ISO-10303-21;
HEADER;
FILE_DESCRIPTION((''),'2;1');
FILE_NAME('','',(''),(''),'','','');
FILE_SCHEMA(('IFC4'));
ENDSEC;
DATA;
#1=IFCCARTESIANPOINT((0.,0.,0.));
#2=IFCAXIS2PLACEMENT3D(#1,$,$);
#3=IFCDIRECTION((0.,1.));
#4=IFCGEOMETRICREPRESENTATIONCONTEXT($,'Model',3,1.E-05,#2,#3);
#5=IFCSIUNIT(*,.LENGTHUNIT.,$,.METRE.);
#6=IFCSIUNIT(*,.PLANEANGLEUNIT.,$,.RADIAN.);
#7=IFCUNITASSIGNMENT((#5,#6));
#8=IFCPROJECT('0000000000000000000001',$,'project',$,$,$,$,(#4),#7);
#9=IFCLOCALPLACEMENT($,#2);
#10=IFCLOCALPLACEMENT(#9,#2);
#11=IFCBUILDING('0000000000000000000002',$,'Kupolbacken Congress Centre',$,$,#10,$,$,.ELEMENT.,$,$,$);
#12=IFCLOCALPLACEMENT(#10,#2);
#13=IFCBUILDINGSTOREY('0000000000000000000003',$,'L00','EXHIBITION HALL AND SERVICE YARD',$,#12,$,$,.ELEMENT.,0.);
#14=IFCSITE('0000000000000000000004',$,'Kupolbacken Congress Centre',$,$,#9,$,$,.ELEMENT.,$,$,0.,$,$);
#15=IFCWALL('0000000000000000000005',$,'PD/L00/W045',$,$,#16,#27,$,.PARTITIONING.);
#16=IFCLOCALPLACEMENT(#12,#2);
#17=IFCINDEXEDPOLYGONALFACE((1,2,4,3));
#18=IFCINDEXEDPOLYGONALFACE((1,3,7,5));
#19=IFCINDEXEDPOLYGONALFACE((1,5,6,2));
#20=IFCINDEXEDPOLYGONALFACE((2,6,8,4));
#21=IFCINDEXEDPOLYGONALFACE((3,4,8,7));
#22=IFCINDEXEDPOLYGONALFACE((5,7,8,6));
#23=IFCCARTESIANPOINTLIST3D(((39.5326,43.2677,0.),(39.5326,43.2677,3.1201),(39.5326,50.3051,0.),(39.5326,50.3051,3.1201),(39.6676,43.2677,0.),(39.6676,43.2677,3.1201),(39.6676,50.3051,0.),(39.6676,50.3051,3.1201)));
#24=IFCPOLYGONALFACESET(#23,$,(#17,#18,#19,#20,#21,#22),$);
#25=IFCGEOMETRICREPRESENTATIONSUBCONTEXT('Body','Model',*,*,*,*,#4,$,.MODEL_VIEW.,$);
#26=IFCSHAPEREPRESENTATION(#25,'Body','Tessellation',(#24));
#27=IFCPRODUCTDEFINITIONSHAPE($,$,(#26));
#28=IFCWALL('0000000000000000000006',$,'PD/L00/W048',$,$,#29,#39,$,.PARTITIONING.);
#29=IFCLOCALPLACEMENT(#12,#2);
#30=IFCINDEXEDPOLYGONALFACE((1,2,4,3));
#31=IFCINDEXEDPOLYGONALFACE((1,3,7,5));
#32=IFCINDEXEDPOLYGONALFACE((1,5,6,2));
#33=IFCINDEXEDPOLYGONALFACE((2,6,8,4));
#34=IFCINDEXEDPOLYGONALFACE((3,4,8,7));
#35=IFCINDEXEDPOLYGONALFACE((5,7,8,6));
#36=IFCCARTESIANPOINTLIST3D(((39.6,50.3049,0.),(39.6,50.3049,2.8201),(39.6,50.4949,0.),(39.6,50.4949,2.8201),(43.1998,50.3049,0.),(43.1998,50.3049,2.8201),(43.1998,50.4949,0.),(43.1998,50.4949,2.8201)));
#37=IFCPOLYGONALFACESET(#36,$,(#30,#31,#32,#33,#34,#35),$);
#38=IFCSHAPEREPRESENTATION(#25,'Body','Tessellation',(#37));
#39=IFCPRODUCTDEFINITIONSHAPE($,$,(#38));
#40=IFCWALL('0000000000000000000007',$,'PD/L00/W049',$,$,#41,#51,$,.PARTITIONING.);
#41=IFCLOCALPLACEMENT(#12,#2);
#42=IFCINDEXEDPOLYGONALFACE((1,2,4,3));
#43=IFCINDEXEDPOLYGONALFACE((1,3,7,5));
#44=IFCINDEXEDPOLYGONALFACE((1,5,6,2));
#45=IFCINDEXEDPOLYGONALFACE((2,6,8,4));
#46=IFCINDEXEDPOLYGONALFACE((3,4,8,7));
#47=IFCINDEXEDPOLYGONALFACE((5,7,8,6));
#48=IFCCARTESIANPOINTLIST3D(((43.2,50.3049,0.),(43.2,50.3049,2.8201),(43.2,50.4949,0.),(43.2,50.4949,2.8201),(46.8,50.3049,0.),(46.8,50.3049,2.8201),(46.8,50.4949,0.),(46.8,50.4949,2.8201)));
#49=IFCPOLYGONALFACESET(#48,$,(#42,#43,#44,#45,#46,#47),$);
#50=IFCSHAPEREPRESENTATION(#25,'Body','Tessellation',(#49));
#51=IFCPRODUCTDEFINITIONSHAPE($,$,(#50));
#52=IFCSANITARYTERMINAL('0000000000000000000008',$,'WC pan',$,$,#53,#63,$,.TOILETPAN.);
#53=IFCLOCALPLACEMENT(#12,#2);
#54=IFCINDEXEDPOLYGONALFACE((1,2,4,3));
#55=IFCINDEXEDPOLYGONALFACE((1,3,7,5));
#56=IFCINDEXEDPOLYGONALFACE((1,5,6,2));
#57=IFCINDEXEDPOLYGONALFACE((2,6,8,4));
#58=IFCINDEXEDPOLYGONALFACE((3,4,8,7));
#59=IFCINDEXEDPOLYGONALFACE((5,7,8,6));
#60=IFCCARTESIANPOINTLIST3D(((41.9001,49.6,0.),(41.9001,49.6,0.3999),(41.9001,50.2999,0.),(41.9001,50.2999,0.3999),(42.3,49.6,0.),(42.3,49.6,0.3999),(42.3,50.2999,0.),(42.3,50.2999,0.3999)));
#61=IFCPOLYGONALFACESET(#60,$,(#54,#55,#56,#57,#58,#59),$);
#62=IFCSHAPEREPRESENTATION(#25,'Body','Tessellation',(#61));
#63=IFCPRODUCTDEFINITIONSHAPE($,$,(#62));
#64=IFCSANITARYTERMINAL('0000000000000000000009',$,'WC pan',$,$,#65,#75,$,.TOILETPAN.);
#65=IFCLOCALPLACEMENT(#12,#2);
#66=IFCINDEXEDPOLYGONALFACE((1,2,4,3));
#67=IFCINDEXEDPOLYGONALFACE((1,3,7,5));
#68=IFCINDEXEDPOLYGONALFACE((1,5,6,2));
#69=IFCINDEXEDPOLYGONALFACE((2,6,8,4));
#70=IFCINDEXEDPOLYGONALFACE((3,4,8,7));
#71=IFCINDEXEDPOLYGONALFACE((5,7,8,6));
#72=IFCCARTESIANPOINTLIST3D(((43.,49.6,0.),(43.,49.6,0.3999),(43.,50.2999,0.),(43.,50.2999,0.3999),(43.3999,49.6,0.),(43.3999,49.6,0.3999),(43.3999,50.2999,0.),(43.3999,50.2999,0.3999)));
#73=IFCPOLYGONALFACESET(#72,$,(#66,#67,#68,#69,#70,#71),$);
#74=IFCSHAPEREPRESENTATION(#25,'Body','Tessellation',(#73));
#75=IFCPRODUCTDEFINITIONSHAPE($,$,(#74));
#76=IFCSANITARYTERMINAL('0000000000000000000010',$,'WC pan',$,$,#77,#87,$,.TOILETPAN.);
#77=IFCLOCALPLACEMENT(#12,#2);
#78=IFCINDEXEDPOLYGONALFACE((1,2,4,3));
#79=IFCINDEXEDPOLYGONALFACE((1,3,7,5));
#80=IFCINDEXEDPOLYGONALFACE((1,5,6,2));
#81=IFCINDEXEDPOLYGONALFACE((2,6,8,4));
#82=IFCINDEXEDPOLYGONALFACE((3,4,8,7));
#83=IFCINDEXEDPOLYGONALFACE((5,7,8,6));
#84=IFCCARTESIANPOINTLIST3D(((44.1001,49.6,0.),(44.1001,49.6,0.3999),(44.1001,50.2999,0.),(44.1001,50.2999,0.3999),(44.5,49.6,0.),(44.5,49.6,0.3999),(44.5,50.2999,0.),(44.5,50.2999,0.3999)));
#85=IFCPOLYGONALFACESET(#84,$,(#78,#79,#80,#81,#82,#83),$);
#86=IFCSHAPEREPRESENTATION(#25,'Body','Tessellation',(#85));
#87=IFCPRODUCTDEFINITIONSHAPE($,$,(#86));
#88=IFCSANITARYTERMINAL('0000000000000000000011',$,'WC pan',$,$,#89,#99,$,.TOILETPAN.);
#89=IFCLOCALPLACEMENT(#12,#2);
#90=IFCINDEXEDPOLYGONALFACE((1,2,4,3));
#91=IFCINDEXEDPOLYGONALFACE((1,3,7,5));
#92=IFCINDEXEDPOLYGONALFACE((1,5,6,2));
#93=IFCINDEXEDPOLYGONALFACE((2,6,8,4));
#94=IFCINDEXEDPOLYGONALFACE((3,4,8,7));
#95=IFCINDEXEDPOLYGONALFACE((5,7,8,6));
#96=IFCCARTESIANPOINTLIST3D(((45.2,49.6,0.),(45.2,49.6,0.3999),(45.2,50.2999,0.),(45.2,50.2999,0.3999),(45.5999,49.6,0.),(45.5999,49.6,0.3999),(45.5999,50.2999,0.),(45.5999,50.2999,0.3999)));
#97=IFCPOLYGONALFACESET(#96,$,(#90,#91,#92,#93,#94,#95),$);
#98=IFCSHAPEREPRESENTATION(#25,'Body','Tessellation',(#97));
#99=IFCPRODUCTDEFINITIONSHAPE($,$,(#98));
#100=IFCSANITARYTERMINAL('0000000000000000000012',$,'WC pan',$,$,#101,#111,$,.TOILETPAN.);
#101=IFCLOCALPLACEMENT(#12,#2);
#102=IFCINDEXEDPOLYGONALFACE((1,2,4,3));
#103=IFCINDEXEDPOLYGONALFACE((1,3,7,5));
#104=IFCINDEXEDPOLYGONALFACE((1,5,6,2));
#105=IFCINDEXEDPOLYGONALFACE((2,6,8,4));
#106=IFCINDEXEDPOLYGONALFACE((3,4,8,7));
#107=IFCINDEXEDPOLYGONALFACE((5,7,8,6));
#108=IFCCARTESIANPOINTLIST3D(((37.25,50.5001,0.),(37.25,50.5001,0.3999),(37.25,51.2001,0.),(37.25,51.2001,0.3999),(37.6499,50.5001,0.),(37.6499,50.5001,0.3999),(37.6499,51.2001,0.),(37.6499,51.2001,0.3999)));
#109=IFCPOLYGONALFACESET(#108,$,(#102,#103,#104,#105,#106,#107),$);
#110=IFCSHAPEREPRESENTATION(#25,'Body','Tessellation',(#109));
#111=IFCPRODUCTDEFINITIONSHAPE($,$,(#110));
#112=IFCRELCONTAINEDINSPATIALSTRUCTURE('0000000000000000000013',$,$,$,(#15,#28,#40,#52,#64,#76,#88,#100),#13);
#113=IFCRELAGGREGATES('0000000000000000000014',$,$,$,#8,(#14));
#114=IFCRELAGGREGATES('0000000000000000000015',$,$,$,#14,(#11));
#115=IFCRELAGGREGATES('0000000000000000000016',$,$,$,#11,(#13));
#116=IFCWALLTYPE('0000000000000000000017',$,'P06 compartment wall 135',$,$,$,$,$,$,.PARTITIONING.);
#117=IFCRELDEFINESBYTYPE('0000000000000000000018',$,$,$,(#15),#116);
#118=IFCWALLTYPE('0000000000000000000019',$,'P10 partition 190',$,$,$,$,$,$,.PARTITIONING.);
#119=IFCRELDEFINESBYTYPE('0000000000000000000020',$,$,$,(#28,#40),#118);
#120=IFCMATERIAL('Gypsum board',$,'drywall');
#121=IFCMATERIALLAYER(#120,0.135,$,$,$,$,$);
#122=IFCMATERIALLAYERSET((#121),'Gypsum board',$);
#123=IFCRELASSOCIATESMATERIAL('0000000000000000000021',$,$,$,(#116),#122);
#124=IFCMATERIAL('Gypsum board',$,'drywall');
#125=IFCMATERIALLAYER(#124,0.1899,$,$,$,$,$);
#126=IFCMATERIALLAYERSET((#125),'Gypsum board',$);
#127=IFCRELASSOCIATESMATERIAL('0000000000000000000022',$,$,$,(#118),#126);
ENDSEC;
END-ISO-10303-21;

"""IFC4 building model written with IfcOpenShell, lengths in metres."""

from ifc_helpers import new_model, si_unit, direction, frame, frame_2d, origin, origin_2d, place, context, subcontext, project, spatial, rectangle, extrude, material, layer, layer_set, type_object, element, save


model = new_model("IFC4")

# Units and contexts
model_context = context("Model", 3, precision=1e-05, world=origin(), true_north=direction((0.0, 1.0)))
body_context = subcontext(model_context, "Body", "Model", "MODEL_VIEW")
ifc_project = project(units=[si_unit("LENGTHUNIT", "METRE"), si_unit("PLANEANGLEUNIT", "RADIAN")], contexts=[model_context])

# Site, building, storey
site_placement = place(None, origin())
site = spatial("IfcSite", under=ifc_project, at=site_placement, Name="Kupolbacken Congress Centre", CompositionType="ELEMENT", RefElevation=0.0)
building_placement = place(site_placement, origin())
building = spatial("IfcBuilding", under=site, at=building_placement, Name="Kupolbacken Congress Centre", CompositionType="ELEMENT")
storey_placement = place(building_placement, origin())
storey = spatial("IfcBuildingStorey", under=building, at=storey_placement, Name="L00", Description="EXHIBITION HALL AND SERVICE YARD", CompositionType="ELEMENT", Elevation=0.0)

# Walls
ifc_material_1 = material(Name="Gypsum board", Category="drywall")
ifc_layer_1 = layer(ifc_material_1, 0.135)
ifc_layer_set_1 = layer_set([ifc_layer_1], Name="Gypsum board")
wall_type_1 = type_object("IfcWallType", Name="P06 compartment wall 135", PredefinedType="PARTITIONING", material=ifc_layer_set_1)
wall_1_placement = place(storey_placement, frame((39.6001, 50.3049, 0.0), z_axis=(0.0, 0.0, 1.0), x_axis=(0.0, -1.0, 0.0)))
element("IfcWall", 1, at=wall_1_placement, inside=storey, type_object=wall_type_1, Name="PD/L00/W045", PredefinedType="PARTITIONING", context=body_context, shape_type="SweptSolid", body=[
    extrude(rectangle(XDim=7.0374, YDim=0.135, at=frame_2d((3.5186, 0.0))), origin(), (0.0, 0.0, 1.0), 3.1201),
])
ifc_material_2 = material(Name="Gypsum board", Category="drywall")
ifc_layer_2 = layer(ifc_material_2, 0.1899)
ifc_layer_set_2 = layer_set([ifc_layer_2], Name="Gypsum board")
wall_type_2 = type_object("IfcWallType", Name="P10 partition 190", PredefinedType="PARTITIONING", material=ifc_layer_set_2)
wall_2_placement = place(storey_placement, frame((39.6001, 50.3999, 0.0), z_axis=(0.0, 0.0, 1.0), x_axis=(1.0, 0.0, 0.0)))
element("IfcWall", 2, at=wall_2_placement, inside=storey, type_object=wall_type_2, Name="PD/L00/W048", PredefinedType="PARTITIONING", context=body_context, shape_type="SweptSolid", body=[
    extrude(rectangle(XDim=3.5999, YDim=0.1899, at=frame_2d((1.7998, 0.0))), origin(), (0.0, 0.0, 1.0), 2.8201),
])
wall_3_placement = place(storey_placement, frame((43.2, 50.3999, 0.0), z_axis=(0.0, 0.0, 1.0), x_axis=(1.0, 0.0, 0.0)))
element("IfcWall", 3, at=wall_3_placement, inside=storey, type_object=wall_type_2, Name="PD/L00/W049", PredefinedType="PARTITIONING", context=body_context, shape_type="SweptSolid", body=[
    extrude(rectangle(XDim=3.6001, YDim=0.1899, at=frame_2d((1.8, 0.0))), origin(), (0.0, 0.0, 1.0), 2.8201),
])

# Sanitary terminals
for number, where, z_axis, x_axis, name in (
    (4, (42.1001, 49.95, 0.0), (0.0, 0.0, 1.0), (1.0, 0.0, 0.0), "WC pan"),
    (5, (43.2, 49.95, 0.0), (0.0, 0.0, 1.0), (1.0, 0.0, 0.0), "WC pan"),
    (6, (44.3, 49.95, 0.0), (0.0, 0.0, 1.0), (1.0, 0.0, 0.0), "WC pan"),
    (7, (45.3999, 49.95, 0.0), (0.0, 0.0, 1.0), (1.0, 0.0, 0.0), "WC pan"),
    (8, (37.45, 50.8501, 0.0), (0.0, 0.0, 1.0), (1.0, 0.0, 0.0), "WC pan"),
):
    element("IfcSanitaryTerminal", number, at=place(storey_placement, frame(where, z_axis=z_axis, x_axis=x_axis)), inside=storey, Name=name, PredefinedType="TOILETPAN", context=body_context, shape_type="SweptSolid", body=[
        extrude(rectangle(XDim=0.3999, YDim=0.7, at=origin_2d()), origin(), (0.0, 0.0, 1.0), 0.3999),
    ])

save(model, "model.ifc")
